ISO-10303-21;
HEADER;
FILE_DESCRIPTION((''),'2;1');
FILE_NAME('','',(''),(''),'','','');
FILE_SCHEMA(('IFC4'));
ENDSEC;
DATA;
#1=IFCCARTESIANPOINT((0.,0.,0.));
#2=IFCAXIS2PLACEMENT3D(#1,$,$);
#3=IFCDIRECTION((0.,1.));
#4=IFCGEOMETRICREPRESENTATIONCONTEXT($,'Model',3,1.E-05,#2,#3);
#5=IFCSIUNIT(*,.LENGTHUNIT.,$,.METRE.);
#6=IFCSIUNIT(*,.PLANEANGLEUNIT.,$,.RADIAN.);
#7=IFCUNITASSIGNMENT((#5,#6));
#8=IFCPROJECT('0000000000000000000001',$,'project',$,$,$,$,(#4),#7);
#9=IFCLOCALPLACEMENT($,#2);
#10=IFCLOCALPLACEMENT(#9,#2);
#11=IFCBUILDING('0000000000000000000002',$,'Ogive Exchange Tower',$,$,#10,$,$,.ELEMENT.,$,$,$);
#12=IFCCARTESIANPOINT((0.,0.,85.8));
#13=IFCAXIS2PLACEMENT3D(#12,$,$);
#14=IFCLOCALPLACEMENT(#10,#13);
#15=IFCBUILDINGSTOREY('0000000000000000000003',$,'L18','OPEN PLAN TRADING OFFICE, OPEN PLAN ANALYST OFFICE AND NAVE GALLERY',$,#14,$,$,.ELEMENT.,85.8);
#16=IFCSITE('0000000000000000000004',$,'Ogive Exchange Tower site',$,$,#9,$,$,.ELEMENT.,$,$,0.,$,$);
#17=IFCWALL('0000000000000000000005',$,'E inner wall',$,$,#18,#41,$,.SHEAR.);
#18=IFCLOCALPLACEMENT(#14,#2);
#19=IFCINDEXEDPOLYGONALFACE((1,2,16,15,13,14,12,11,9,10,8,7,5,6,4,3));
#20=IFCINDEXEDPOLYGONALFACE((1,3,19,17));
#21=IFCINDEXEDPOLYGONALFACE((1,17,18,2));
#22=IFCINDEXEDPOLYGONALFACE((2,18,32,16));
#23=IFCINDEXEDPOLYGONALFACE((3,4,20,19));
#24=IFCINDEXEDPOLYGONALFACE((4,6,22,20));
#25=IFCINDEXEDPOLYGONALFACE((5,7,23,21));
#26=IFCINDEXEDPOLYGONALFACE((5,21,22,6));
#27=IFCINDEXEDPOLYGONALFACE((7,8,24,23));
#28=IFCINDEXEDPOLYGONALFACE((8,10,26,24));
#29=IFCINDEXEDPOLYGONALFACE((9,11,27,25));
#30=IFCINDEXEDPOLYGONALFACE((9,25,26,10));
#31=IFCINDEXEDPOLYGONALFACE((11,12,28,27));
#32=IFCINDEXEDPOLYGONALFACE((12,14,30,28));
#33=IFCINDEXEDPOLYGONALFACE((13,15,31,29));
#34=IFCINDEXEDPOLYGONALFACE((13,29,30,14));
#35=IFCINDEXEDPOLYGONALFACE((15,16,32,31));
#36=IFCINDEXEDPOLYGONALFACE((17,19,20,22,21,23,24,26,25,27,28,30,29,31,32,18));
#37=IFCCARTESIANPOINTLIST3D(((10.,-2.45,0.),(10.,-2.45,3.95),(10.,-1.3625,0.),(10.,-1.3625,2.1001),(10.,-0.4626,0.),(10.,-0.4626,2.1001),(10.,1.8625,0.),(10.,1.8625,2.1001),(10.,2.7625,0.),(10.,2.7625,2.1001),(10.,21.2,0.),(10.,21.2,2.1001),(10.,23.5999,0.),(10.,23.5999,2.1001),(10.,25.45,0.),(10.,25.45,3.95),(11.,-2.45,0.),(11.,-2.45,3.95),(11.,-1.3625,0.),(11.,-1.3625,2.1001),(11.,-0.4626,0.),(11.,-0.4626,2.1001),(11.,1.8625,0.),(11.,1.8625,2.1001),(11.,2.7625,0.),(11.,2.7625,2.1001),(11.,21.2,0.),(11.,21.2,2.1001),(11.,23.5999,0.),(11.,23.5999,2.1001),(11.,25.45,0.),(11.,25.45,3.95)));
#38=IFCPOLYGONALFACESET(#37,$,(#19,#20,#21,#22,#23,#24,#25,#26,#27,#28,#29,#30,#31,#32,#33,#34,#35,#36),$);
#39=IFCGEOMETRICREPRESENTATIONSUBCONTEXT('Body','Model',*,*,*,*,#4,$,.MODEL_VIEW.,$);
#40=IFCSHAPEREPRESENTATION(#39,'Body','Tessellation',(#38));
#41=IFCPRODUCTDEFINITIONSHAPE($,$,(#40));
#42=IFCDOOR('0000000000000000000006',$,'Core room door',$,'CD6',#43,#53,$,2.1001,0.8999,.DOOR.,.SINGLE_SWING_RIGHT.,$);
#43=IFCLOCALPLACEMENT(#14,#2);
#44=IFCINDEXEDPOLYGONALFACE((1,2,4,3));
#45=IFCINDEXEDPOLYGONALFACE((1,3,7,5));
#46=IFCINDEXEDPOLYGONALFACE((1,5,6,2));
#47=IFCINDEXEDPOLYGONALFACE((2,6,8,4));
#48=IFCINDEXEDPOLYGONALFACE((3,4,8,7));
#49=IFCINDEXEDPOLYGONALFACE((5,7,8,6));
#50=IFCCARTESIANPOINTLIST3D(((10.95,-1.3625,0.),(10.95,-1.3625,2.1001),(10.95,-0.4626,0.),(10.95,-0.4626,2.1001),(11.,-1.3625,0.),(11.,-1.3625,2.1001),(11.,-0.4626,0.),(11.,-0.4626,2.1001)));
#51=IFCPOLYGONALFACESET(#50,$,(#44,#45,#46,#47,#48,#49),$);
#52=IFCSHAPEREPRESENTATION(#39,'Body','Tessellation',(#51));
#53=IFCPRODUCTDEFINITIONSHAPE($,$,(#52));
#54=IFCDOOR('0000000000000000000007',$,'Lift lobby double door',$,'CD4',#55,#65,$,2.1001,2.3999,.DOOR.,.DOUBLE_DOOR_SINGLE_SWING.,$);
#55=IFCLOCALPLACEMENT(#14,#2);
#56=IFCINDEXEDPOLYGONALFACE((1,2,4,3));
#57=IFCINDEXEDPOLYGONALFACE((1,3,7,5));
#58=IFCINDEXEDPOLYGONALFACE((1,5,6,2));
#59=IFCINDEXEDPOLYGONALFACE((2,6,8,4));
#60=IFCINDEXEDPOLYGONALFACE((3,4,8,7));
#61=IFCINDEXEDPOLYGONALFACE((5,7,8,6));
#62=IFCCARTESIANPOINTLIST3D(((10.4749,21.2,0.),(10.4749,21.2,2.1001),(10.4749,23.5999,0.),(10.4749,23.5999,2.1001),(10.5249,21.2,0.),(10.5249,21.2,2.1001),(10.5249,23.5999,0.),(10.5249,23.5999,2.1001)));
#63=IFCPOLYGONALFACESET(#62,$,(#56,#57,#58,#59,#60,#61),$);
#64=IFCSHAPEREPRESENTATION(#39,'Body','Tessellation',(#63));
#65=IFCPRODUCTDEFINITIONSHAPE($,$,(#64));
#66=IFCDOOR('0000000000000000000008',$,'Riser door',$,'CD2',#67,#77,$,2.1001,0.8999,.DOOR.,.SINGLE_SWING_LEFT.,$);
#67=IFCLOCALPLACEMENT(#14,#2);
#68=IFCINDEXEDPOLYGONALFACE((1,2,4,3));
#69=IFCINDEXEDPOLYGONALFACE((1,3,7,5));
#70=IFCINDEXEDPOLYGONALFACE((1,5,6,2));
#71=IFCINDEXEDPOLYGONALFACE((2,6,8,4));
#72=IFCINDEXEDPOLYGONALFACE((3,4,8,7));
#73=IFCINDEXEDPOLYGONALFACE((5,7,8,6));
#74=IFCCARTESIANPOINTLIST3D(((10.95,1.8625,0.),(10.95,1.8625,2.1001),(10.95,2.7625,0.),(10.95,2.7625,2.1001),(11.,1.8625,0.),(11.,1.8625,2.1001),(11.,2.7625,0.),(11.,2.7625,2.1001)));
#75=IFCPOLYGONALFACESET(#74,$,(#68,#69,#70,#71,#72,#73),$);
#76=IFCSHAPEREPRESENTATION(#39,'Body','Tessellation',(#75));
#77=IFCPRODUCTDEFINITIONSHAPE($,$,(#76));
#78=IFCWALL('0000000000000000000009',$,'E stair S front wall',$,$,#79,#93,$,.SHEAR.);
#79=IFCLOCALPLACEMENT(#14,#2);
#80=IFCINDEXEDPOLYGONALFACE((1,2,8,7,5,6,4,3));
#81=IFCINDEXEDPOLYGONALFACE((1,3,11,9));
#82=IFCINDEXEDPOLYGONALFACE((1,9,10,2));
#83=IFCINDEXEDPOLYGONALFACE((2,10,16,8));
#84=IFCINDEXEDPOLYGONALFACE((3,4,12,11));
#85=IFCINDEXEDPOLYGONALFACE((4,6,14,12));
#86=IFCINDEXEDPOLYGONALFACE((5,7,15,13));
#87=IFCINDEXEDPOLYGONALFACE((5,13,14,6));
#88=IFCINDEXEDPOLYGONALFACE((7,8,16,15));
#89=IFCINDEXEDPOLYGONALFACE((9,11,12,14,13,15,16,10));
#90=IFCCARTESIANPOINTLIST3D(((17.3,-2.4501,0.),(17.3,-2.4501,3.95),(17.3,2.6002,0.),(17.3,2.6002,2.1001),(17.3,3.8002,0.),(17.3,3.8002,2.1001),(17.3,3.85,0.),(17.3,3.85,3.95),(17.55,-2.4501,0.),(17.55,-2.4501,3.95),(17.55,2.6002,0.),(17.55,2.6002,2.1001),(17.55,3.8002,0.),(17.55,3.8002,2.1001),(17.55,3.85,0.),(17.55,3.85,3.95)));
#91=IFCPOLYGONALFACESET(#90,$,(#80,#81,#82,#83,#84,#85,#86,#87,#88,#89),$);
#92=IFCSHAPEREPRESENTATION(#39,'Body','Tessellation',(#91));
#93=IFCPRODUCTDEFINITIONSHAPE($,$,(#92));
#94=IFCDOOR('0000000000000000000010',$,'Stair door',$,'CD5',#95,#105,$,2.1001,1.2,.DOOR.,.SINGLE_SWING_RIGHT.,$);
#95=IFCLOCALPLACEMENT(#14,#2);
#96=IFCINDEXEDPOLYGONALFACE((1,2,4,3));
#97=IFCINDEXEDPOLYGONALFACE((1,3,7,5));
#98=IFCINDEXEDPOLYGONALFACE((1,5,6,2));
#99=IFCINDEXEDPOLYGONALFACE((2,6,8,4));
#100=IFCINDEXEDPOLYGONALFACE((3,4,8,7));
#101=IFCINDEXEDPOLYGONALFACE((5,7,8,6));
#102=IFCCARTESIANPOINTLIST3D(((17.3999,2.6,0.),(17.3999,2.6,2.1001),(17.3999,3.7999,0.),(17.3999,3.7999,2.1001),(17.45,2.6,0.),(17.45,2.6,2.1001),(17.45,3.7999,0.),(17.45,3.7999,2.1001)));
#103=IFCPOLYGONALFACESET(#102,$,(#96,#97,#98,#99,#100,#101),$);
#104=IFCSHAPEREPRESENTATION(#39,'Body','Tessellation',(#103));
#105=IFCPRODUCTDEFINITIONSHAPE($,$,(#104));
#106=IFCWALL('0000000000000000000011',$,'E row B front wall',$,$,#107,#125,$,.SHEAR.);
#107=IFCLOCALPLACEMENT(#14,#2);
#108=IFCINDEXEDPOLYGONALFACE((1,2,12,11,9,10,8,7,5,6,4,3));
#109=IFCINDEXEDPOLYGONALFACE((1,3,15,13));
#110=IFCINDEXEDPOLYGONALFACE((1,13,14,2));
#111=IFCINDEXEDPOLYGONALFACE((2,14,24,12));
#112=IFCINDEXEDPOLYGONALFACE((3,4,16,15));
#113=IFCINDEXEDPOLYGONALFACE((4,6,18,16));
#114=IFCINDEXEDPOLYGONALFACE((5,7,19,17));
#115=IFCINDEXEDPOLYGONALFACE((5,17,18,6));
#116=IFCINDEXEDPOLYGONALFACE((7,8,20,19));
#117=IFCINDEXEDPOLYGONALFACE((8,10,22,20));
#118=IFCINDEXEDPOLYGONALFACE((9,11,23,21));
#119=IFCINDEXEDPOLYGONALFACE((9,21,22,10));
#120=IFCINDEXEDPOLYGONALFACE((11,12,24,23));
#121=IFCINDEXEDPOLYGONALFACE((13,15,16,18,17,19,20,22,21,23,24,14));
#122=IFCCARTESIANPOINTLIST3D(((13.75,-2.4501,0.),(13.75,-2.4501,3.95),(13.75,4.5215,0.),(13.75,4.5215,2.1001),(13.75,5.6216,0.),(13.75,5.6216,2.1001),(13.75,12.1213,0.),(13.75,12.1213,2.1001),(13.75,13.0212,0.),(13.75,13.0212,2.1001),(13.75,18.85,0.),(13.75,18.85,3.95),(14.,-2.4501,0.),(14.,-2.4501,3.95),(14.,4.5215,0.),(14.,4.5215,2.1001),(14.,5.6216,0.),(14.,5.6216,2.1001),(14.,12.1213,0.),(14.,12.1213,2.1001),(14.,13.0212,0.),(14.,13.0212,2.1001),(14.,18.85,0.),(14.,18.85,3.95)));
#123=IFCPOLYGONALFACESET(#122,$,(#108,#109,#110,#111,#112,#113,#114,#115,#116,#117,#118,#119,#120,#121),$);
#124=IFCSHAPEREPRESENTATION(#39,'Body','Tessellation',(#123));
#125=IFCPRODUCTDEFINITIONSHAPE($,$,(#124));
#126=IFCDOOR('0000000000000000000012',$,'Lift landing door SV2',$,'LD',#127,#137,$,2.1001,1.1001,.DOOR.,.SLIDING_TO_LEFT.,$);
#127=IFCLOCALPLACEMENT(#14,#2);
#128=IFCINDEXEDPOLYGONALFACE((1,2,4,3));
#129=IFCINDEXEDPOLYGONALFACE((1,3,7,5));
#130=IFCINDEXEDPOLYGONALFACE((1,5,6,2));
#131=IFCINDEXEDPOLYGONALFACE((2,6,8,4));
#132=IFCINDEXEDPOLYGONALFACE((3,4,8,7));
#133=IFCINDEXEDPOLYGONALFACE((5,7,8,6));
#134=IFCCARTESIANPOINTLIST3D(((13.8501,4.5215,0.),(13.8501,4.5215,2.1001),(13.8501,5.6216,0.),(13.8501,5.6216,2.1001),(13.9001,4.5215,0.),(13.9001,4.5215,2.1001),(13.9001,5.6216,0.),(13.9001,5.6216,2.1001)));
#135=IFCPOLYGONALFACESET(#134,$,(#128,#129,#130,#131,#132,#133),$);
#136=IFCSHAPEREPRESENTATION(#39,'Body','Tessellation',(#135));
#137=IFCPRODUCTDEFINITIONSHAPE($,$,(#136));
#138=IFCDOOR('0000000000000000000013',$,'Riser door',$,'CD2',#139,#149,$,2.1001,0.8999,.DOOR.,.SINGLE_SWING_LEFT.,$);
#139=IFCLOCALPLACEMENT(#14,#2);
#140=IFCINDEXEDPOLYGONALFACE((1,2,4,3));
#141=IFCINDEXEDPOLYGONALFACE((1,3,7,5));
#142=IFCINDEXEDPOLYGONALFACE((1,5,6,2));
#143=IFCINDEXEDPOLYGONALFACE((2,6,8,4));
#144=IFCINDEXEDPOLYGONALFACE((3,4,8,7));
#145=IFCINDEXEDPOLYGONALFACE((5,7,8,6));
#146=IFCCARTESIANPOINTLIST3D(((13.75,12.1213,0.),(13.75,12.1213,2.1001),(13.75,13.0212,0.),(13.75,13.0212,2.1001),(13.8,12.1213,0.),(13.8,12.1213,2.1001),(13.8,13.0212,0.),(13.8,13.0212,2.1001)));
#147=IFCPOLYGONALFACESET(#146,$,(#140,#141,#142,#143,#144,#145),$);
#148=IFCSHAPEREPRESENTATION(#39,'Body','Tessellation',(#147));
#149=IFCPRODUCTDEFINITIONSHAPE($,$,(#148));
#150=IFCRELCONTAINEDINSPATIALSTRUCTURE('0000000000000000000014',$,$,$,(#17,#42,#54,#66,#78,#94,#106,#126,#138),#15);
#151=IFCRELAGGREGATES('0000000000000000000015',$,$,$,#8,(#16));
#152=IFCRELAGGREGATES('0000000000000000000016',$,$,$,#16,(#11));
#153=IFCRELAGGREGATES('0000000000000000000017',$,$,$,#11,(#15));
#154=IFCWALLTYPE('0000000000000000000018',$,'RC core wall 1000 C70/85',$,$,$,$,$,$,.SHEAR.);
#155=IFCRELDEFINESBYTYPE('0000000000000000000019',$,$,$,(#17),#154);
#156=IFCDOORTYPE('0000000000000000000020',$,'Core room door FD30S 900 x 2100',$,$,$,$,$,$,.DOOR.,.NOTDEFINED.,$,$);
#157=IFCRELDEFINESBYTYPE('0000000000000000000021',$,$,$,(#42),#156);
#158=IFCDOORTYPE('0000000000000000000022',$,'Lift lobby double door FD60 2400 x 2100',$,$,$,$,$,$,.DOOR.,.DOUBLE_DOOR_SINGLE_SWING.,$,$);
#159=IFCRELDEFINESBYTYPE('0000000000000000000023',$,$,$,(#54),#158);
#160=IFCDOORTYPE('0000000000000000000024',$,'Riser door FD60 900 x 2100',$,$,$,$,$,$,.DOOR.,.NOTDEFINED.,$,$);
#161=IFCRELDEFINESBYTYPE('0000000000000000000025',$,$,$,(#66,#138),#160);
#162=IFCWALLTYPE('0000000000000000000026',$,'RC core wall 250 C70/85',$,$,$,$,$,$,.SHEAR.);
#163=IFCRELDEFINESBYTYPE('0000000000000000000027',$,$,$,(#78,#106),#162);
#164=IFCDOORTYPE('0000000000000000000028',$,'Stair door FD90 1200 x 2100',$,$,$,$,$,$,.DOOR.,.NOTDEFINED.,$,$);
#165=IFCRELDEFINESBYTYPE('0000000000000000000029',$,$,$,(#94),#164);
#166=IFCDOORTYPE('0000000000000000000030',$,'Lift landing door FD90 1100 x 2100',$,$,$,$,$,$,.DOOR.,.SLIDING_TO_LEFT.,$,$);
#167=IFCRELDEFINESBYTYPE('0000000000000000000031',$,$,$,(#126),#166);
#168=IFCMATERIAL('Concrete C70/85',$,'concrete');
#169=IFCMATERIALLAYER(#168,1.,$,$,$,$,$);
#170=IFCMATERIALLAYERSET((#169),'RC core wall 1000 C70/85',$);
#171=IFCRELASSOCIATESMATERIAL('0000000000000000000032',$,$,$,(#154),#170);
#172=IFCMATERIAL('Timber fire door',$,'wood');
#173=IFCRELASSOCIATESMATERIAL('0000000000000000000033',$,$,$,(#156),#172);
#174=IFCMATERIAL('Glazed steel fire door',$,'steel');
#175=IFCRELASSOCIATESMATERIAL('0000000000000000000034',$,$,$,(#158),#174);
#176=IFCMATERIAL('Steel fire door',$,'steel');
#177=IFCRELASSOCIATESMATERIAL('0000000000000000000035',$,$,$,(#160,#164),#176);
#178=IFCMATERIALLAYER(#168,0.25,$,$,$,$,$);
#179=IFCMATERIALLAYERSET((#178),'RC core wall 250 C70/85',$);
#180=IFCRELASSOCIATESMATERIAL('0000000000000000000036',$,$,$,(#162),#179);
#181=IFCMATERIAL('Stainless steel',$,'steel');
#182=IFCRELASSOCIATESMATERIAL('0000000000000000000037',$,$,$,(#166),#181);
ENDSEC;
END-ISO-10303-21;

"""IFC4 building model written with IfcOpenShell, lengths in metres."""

from ifc_helpers import new_model, si_unit, direction, frame, frame_2d, origin, place, context, subcontext, project, spatial, rectangle, extrude, material, layer, layer_set, type_object, element, fill, save


model = new_model("IFC4")

# Units and contexts
model_context = context("Model", 3, precision=1e-05, world=origin(), true_north=direction((0.0, 1.0)))
body_context = subcontext(model_context, "Body", "Model", "MODEL_VIEW")
ifc_project = project(units=[si_unit("LENGTHUNIT", "METRE"), si_unit("PLANEANGLEUNIT", "RADIAN")], contexts=[model_context])

# Site, building, storey
site_placement = place(None, origin())
site = spatial("IfcSite", under=ifc_project, at=site_placement, Name="Ogive Exchange Tower site", CompositionType="ELEMENT", RefElevation=0.0)
building_placement = place(site_placement, origin())
building = spatial("IfcBuilding", under=site, at=building_placement, Name="Ogive Exchange Tower", CompositionType="ELEMENT")
storey_placement = place(building_placement, frame((0.0, 0.0, 85.8)))
storey = spatial("IfcBuildingStorey", under=building, at=storey_placement, Name="L18", Description="OPEN PLAN TRADING OFFICE, OPEN PLAN ANALYST OFFICE AND NAVE GALLERY", CompositionType="ELEMENT", Elevation=85.8)

# Wall, openings, doors
ifc_material_1 = material(Name="Concrete C70/85", Category="concrete")
ifc_layer_1 = layer(ifc_material_1, 1.0)
ifc_layer_set_1 = layer_set([ifc_layer_1], Name="RC core wall 1000 C70/85")
wall_type_1 = type_object("IfcWallType", Name="RC core wall 1000 C70/85", PredefinedType="SHEAR", material=ifc_layer_set_1)
wall_1_placement = place(storey_placement, frame((10.5, -2.45, 0.0), z_axis=(0.0, 0.0, 1.0), x_axis=(0.0, 1.0, 0.0)))
wall_1 = element("IfcWall", 1, at=wall_1_placement, inside=storey, type_object=wall_type_1, Name="E inner wall", PredefinedType="SHEAR", context=body_context, shape_type="SweptSolid", body=[
    extrude(rectangle(XDim=27.8999, YDim=1.0, at=frame_2d((13.95, 0.0))), origin(), (0.0, 0.0, 1.0), 3.95),
])
opening_1_placement = place(wall_1_placement, frame((23.6499, 0.0, 0.0)))
opening_1 = element("IfcOpeningElement", 2, at=opening_1_placement, cuts=wall_1, PredefinedType="OPENING", context=body_context, shape_type="SweptSolid", body=[
    extrude(rectangle(XDim=2.3999, YDim=2.1001, at=frame_2d((1.2, 1.05))), frame((0.0, 0.51, 0.0), z_axis=(0.0, -1.0, 0.0), x_axis=(1.0, 0.0, 0.0)), (0.0, 0.0, 1.0), 1.02),
])
opening_2_placement = place(wall_1_placement, frame((1.0874, 0.0, 0.0)))
opening_2 = element("IfcOpeningElement", 3, at=opening_2_placement, cuts=wall_1, PredefinedType="OPENING", context=body_context, shape_type="SweptSolid", body=[
    extrude(rectangle(XDim=0.8999, YDim=2.1001, at=frame_2d((0.45, 1.05))), frame((0.0, 0.51, 0.0), z_axis=(0.0, -1.0, 0.0), x_axis=(1.0, 0.0, 0.0)), (0.0, 0.0, 1.0), 1.02),
])
opening_3_placement = place(wall_1_placement, frame((4.3125, 0.0, 0.0)))
opening_3 = element("IfcOpeningElement", 4, at=opening_3_placement, cuts=wall_1, PredefinedType="OPENING", context=body_context, shape_type="SweptSolid", body=[
    extrude(rectangle(XDim=0.8999, YDim=2.1001, at=frame_2d((0.45, 1.05))), frame((0.0, 0.51, 0.0), z_axis=(0.0, -1.0, 0.0), x_axis=(1.0, 0.0, 0.0)), (0.0, 0.0, 1.0), 1.02),
])
ifc_material_2 = material(Name="Timber fire door", Category="wood")
door_type_1 = type_object("IfcDoorType", Name="Core room door FD30S 900 x 2100", OperationType="NOTDEFINED", PredefinedType="DOOR", material=ifc_material_2)
door_1_placement = place(opening_2_placement, frame((0.8999, -0.9502, 0.0), z_axis=(0.0, 0.0, 1.0), x_axis=(-1.0, 0.0, 0.0)))
door_1 = element("IfcDoor", 5, at=door_1_placement, inside=storey, type_object=door_type_1, Name="Core room door", ObjectType="CD6", OperationType="SINGLE_SWING_RIGHT", OverallHeight=2.1001, OverallWidth=0.8999, PredefinedType="DOOR", context=body_context, shape_type="SweptSolid", body=[
    extrude(rectangle(XDim=0.8999, YDim=2.1001, at=frame_2d((0.45, 1.05))), frame((0.0, -0.4502, 0.0), z_axis=(0.0, -1.0, 0.0), x_axis=(1.0, 0.0, 0.0)), (0.0, 0.0, 1.0), 0.05),
])
fill(opening_2, door_1)
ifc_material_3 = material(Name="Glazed steel fire door", Category="steel")
door_type_2 = type_object("IfcDoorType", Name="Lift lobby double door FD60 2400 x 2100", OperationType="DOUBLE_DOOR_SINGLE_SWING", PredefinedType="DOOR", material=ifc_material_3)
door_2_placement = place(opening_1_placement, frame((2.3999, 0.0, 0.0), z_axis=(0.0, 0.0, 1.0), x_axis=(-1.0, 0.0, 0.0)))
door_2 = element("IfcDoor", 6, at=door_2_placement, inside=storey, type_object=door_type_2, Name="Lift lobby double door", ObjectType="CD4", OperationType="DOUBLE_DOOR_SINGLE_SWING", OverallHeight=2.1001, OverallWidth=2.3999, PredefinedType="DOOR", context=body_context, shape_type="SweptSolid", body=[
    extrude(rectangle(XDim=2.3999, YDim=2.1001, at=frame_2d((1.2, 1.05))), frame((0.0, 0.0249, 0.0), z_axis=(0.0, -1.0, 0.0), x_axis=(1.0, 0.0, 0.0)), (0.0, 0.0, 1.0), 0.05),
])
fill(opening_1, door_2)
ifc_material_4 = material(Name="Steel fire door", Category="steel")
door_type_3 = type_object("IfcDoorType", Name="Riser door FD60 900 x 2100", OperationType="NOTDEFINED", PredefinedType="DOOR", material=ifc_material_4)
door_3_placement = place(opening_3_placement, frame((0.8999, -0.9502, 0.0), z_axis=(0.0, 0.0, 1.0), x_axis=(-1.0, 0.0, 0.0)))
door_3 = element("IfcDoor", 7, at=door_3_placement, inside=storey, type_object=door_type_3, Name="Riser door", ObjectType="CD2", OperationType="SINGLE_SWING_LEFT", OverallHeight=2.1001, OverallWidth=0.8999, PredefinedType="DOOR", context=body_context, shape_type="SweptSolid", body=[
    extrude(rectangle(XDim=0.8999, YDim=2.1001, at=frame_2d((0.45, 1.05))), frame((0.0, -0.4502, 0.0), z_axis=(0.0, -1.0, 0.0), x_axis=(1.0, 0.0, 0.0)), (0.0, 0.0, 1.0), 0.05),
])
fill(opening_3, door_3)

# Wall, opening, door
ifc_layer_2 = layer(ifc_material_1, 0.25)
ifc_layer_set_2 = layer_set([ifc_layer_2], Name="RC core wall 250 C70/85")
wall_type_2 = type_object("IfcWallType", Name="RC core wall 250 C70/85", PredefinedType="SHEAR", material=ifc_layer_set_2)
wall_2_placement = place(storey_placement, frame((17.425, -2.45, 0.0), z_axis=(0.0, 0.0, 1.0), x_axis=(0.0, 1.0, 0.0)))
wall_2 = element("IfcWall", 8, at=wall_2_placement, inside=storey, type_object=wall_type_2, Name="E stair S front wall", PredefinedType="SHEAR", context=body_context, shape_type="SweptSolid", body=[
    extrude(rectangle(XDim=6.3, YDim=0.25, at=frame_2d((3.1499, 0.0))), origin(), (0.0, 0.0, 1.0), 3.95),
])
opening_4_placement = place(wall_2_placement, frame((5.05, 0.0, 0.0)))
opening_4 = element("IfcOpeningElement", 9, at=opening_4_placement, cuts=wall_2, PredefinedType="OPENING", context=body_context, shape_type="SweptSolid", body=[
    extrude(rectangle(XDim=1.2, YDim=2.1001, at=frame_2d((0.6001, 1.05))), frame((0.0, 0.135, 0.0), z_axis=(0.0, -1.0, 0.0), x_axis=(1.0, 0.0, 0.0)), (0.0, 0.0, 1.0), 0.27),
])
door_type_4 = type_object("IfcDoorType", Name="Stair door FD90 1200 x 2100", OperationType="NOTDEFINED", PredefinedType="DOOR", material=ifc_material_4)
door_4_placement = place(opening_4_placement, frame((1.2, 0.0, 0.0), z_axis=(0.0, 0.0, 1.0), x_axis=(-1.0, 0.0, 0.0)))
door_4 = element("IfcDoor", 10, at=door_4_placement, inside=storey, type_object=door_type_4, Name="Stair door", ObjectType="CD5", OperationType="SINGLE_SWING_RIGHT", OverallHeight=2.1001, OverallWidth=1.2, PredefinedType="DOOR", context=body_context, shape_type="SweptSolid", body=[
    extrude(rectangle(XDim=1.2, YDim=2.1001, at=frame_2d((0.6001, 1.05))), frame((0.0, 0.0249, 0.0), z_axis=(0.0, -1.0, 0.0), x_axis=(1.0, 0.0, 0.0)), (0.0, 0.0, 1.0), 0.05),
])
fill(opening_4, door_4)

# Wall, openings, doors
wall_3_placement = place(storey_placement, frame((13.875, -2.45, 0.0), z_axis=(0.0, 0.0, 1.0), x_axis=(0.0, 1.0, 0.0)))
wall_3 = element("IfcWall", 11, at=wall_3_placement, inside=storey, type_object=wall_type_2, Name="E row B front wall", PredefinedType="SHEAR", context=body_context, shape_type="SweptSolid", body=[
    extrude(rectangle(XDim=21.3, YDim=0.25, at=frame_2d((10.6499, 0.0))), origin(), (0.0, 0.0, 1.0), 3.95),
])
opening_5_placement = place(wall_3_placement, frame((14.5713, 0.0, 0.0)))
opening_5 = element("IfcOpeningElement", 12, at=opening_5_placement, cuts=wall_3, PredefinedType="OPENING", context=body_context, shape_type="SweptSolid", body=[
    extrude(rectangle(XDim=0.8999, YDim=2.1001, at=frame_2d((0.45, 1.05))), frame((0.0, 0.135, 0.0), z_axis=(0.0, -1.0, 0.0), x_axis=(1.0, 0.0, 0.0)), (0.0, 0.0, 1.0), 0.27),
])
opening_6_placement = place(wall_3_placement, frame((6.9714, 0.0, 0.0)))
opening_6 = element("IfcOpeningElement", 13, at=opening_6_placement, cuts=wall_3, PredefinedType="OPENING", context=body_context, shape_type="SweptSolid", body=[
    extrude(rectangle(XDim=1.1001, YDim=2.1001, at=frame_2d((0.55, 1.05))), frame((0.0, 0.135, 0.0), z_axis=(0.0, -1.0, 0.0), x_axis=(1.0, 0.0, 0.0)), (0.0, 0.0, 1.0), 0.27),
])
ifc_material_5 = material(Name="Stainless steel", Category="steel")
door_type_5 = type_object("IfcDoorType", Name="Lift landing door FD90 1100 x 2100", OperationType="SLIDING_TO_LEFT", PredefinedType="DOOR", material=ifc_material_5)
door_5_placement = place(opening_6_placement, origin())
door_5 = element("IfcDoor", 14, at=door_5_placement, inside=storey, type_object=door_type_5, Name="Lift landing door SV2", ObjectType="LD", OperationType="SLIDING_TO_LEFT", OverallHeight=2.1001, OverallWidth=1.1001, PredefinedType="DOOR", context=body_context, shape_type="SweptSolid", body=[
    extrude(rectangle(XDim=1.1001, YDim=2.1001, at=frame_2d((0.55, 1.05))), frame((0.0, 0.0249, 0.0), z_axis=(0.0, -1.0, 0.0), x_axis=(1.0, 0.0, 0.0)), (0.0, 0.0, 1.0), 0.05),
])
fill(opening_6, door_5)
door_6_placement = place(opening_5_placement, origin())
door_6 = element("IfcDoor", 15, at=door_6_placement, inside=storey, type_object=door_type_3, Name="Riser door", ObjectType="CD2", OperationType="SINGLE_SWING_LEFT", OverallHeight=2.1001, OverallWidth=0.8999, PredefinedType="DOOR", context=body_context, shape_type="SweptSolid", body=[
    extrude(rectangle(XDim=0.8999, YDim=2.1001, at=frame_2d((0.45, 1.05))), frame((0.0, 0.125, 0.0), z_axis=(0.0, -1.0, 0.0), x_axis=(1.0, 0.0, 0.0)), (0.0, 0.0, 1.0), 0.05),
])
fill(opening_5, door_6)

save(model, "model.ifc")
